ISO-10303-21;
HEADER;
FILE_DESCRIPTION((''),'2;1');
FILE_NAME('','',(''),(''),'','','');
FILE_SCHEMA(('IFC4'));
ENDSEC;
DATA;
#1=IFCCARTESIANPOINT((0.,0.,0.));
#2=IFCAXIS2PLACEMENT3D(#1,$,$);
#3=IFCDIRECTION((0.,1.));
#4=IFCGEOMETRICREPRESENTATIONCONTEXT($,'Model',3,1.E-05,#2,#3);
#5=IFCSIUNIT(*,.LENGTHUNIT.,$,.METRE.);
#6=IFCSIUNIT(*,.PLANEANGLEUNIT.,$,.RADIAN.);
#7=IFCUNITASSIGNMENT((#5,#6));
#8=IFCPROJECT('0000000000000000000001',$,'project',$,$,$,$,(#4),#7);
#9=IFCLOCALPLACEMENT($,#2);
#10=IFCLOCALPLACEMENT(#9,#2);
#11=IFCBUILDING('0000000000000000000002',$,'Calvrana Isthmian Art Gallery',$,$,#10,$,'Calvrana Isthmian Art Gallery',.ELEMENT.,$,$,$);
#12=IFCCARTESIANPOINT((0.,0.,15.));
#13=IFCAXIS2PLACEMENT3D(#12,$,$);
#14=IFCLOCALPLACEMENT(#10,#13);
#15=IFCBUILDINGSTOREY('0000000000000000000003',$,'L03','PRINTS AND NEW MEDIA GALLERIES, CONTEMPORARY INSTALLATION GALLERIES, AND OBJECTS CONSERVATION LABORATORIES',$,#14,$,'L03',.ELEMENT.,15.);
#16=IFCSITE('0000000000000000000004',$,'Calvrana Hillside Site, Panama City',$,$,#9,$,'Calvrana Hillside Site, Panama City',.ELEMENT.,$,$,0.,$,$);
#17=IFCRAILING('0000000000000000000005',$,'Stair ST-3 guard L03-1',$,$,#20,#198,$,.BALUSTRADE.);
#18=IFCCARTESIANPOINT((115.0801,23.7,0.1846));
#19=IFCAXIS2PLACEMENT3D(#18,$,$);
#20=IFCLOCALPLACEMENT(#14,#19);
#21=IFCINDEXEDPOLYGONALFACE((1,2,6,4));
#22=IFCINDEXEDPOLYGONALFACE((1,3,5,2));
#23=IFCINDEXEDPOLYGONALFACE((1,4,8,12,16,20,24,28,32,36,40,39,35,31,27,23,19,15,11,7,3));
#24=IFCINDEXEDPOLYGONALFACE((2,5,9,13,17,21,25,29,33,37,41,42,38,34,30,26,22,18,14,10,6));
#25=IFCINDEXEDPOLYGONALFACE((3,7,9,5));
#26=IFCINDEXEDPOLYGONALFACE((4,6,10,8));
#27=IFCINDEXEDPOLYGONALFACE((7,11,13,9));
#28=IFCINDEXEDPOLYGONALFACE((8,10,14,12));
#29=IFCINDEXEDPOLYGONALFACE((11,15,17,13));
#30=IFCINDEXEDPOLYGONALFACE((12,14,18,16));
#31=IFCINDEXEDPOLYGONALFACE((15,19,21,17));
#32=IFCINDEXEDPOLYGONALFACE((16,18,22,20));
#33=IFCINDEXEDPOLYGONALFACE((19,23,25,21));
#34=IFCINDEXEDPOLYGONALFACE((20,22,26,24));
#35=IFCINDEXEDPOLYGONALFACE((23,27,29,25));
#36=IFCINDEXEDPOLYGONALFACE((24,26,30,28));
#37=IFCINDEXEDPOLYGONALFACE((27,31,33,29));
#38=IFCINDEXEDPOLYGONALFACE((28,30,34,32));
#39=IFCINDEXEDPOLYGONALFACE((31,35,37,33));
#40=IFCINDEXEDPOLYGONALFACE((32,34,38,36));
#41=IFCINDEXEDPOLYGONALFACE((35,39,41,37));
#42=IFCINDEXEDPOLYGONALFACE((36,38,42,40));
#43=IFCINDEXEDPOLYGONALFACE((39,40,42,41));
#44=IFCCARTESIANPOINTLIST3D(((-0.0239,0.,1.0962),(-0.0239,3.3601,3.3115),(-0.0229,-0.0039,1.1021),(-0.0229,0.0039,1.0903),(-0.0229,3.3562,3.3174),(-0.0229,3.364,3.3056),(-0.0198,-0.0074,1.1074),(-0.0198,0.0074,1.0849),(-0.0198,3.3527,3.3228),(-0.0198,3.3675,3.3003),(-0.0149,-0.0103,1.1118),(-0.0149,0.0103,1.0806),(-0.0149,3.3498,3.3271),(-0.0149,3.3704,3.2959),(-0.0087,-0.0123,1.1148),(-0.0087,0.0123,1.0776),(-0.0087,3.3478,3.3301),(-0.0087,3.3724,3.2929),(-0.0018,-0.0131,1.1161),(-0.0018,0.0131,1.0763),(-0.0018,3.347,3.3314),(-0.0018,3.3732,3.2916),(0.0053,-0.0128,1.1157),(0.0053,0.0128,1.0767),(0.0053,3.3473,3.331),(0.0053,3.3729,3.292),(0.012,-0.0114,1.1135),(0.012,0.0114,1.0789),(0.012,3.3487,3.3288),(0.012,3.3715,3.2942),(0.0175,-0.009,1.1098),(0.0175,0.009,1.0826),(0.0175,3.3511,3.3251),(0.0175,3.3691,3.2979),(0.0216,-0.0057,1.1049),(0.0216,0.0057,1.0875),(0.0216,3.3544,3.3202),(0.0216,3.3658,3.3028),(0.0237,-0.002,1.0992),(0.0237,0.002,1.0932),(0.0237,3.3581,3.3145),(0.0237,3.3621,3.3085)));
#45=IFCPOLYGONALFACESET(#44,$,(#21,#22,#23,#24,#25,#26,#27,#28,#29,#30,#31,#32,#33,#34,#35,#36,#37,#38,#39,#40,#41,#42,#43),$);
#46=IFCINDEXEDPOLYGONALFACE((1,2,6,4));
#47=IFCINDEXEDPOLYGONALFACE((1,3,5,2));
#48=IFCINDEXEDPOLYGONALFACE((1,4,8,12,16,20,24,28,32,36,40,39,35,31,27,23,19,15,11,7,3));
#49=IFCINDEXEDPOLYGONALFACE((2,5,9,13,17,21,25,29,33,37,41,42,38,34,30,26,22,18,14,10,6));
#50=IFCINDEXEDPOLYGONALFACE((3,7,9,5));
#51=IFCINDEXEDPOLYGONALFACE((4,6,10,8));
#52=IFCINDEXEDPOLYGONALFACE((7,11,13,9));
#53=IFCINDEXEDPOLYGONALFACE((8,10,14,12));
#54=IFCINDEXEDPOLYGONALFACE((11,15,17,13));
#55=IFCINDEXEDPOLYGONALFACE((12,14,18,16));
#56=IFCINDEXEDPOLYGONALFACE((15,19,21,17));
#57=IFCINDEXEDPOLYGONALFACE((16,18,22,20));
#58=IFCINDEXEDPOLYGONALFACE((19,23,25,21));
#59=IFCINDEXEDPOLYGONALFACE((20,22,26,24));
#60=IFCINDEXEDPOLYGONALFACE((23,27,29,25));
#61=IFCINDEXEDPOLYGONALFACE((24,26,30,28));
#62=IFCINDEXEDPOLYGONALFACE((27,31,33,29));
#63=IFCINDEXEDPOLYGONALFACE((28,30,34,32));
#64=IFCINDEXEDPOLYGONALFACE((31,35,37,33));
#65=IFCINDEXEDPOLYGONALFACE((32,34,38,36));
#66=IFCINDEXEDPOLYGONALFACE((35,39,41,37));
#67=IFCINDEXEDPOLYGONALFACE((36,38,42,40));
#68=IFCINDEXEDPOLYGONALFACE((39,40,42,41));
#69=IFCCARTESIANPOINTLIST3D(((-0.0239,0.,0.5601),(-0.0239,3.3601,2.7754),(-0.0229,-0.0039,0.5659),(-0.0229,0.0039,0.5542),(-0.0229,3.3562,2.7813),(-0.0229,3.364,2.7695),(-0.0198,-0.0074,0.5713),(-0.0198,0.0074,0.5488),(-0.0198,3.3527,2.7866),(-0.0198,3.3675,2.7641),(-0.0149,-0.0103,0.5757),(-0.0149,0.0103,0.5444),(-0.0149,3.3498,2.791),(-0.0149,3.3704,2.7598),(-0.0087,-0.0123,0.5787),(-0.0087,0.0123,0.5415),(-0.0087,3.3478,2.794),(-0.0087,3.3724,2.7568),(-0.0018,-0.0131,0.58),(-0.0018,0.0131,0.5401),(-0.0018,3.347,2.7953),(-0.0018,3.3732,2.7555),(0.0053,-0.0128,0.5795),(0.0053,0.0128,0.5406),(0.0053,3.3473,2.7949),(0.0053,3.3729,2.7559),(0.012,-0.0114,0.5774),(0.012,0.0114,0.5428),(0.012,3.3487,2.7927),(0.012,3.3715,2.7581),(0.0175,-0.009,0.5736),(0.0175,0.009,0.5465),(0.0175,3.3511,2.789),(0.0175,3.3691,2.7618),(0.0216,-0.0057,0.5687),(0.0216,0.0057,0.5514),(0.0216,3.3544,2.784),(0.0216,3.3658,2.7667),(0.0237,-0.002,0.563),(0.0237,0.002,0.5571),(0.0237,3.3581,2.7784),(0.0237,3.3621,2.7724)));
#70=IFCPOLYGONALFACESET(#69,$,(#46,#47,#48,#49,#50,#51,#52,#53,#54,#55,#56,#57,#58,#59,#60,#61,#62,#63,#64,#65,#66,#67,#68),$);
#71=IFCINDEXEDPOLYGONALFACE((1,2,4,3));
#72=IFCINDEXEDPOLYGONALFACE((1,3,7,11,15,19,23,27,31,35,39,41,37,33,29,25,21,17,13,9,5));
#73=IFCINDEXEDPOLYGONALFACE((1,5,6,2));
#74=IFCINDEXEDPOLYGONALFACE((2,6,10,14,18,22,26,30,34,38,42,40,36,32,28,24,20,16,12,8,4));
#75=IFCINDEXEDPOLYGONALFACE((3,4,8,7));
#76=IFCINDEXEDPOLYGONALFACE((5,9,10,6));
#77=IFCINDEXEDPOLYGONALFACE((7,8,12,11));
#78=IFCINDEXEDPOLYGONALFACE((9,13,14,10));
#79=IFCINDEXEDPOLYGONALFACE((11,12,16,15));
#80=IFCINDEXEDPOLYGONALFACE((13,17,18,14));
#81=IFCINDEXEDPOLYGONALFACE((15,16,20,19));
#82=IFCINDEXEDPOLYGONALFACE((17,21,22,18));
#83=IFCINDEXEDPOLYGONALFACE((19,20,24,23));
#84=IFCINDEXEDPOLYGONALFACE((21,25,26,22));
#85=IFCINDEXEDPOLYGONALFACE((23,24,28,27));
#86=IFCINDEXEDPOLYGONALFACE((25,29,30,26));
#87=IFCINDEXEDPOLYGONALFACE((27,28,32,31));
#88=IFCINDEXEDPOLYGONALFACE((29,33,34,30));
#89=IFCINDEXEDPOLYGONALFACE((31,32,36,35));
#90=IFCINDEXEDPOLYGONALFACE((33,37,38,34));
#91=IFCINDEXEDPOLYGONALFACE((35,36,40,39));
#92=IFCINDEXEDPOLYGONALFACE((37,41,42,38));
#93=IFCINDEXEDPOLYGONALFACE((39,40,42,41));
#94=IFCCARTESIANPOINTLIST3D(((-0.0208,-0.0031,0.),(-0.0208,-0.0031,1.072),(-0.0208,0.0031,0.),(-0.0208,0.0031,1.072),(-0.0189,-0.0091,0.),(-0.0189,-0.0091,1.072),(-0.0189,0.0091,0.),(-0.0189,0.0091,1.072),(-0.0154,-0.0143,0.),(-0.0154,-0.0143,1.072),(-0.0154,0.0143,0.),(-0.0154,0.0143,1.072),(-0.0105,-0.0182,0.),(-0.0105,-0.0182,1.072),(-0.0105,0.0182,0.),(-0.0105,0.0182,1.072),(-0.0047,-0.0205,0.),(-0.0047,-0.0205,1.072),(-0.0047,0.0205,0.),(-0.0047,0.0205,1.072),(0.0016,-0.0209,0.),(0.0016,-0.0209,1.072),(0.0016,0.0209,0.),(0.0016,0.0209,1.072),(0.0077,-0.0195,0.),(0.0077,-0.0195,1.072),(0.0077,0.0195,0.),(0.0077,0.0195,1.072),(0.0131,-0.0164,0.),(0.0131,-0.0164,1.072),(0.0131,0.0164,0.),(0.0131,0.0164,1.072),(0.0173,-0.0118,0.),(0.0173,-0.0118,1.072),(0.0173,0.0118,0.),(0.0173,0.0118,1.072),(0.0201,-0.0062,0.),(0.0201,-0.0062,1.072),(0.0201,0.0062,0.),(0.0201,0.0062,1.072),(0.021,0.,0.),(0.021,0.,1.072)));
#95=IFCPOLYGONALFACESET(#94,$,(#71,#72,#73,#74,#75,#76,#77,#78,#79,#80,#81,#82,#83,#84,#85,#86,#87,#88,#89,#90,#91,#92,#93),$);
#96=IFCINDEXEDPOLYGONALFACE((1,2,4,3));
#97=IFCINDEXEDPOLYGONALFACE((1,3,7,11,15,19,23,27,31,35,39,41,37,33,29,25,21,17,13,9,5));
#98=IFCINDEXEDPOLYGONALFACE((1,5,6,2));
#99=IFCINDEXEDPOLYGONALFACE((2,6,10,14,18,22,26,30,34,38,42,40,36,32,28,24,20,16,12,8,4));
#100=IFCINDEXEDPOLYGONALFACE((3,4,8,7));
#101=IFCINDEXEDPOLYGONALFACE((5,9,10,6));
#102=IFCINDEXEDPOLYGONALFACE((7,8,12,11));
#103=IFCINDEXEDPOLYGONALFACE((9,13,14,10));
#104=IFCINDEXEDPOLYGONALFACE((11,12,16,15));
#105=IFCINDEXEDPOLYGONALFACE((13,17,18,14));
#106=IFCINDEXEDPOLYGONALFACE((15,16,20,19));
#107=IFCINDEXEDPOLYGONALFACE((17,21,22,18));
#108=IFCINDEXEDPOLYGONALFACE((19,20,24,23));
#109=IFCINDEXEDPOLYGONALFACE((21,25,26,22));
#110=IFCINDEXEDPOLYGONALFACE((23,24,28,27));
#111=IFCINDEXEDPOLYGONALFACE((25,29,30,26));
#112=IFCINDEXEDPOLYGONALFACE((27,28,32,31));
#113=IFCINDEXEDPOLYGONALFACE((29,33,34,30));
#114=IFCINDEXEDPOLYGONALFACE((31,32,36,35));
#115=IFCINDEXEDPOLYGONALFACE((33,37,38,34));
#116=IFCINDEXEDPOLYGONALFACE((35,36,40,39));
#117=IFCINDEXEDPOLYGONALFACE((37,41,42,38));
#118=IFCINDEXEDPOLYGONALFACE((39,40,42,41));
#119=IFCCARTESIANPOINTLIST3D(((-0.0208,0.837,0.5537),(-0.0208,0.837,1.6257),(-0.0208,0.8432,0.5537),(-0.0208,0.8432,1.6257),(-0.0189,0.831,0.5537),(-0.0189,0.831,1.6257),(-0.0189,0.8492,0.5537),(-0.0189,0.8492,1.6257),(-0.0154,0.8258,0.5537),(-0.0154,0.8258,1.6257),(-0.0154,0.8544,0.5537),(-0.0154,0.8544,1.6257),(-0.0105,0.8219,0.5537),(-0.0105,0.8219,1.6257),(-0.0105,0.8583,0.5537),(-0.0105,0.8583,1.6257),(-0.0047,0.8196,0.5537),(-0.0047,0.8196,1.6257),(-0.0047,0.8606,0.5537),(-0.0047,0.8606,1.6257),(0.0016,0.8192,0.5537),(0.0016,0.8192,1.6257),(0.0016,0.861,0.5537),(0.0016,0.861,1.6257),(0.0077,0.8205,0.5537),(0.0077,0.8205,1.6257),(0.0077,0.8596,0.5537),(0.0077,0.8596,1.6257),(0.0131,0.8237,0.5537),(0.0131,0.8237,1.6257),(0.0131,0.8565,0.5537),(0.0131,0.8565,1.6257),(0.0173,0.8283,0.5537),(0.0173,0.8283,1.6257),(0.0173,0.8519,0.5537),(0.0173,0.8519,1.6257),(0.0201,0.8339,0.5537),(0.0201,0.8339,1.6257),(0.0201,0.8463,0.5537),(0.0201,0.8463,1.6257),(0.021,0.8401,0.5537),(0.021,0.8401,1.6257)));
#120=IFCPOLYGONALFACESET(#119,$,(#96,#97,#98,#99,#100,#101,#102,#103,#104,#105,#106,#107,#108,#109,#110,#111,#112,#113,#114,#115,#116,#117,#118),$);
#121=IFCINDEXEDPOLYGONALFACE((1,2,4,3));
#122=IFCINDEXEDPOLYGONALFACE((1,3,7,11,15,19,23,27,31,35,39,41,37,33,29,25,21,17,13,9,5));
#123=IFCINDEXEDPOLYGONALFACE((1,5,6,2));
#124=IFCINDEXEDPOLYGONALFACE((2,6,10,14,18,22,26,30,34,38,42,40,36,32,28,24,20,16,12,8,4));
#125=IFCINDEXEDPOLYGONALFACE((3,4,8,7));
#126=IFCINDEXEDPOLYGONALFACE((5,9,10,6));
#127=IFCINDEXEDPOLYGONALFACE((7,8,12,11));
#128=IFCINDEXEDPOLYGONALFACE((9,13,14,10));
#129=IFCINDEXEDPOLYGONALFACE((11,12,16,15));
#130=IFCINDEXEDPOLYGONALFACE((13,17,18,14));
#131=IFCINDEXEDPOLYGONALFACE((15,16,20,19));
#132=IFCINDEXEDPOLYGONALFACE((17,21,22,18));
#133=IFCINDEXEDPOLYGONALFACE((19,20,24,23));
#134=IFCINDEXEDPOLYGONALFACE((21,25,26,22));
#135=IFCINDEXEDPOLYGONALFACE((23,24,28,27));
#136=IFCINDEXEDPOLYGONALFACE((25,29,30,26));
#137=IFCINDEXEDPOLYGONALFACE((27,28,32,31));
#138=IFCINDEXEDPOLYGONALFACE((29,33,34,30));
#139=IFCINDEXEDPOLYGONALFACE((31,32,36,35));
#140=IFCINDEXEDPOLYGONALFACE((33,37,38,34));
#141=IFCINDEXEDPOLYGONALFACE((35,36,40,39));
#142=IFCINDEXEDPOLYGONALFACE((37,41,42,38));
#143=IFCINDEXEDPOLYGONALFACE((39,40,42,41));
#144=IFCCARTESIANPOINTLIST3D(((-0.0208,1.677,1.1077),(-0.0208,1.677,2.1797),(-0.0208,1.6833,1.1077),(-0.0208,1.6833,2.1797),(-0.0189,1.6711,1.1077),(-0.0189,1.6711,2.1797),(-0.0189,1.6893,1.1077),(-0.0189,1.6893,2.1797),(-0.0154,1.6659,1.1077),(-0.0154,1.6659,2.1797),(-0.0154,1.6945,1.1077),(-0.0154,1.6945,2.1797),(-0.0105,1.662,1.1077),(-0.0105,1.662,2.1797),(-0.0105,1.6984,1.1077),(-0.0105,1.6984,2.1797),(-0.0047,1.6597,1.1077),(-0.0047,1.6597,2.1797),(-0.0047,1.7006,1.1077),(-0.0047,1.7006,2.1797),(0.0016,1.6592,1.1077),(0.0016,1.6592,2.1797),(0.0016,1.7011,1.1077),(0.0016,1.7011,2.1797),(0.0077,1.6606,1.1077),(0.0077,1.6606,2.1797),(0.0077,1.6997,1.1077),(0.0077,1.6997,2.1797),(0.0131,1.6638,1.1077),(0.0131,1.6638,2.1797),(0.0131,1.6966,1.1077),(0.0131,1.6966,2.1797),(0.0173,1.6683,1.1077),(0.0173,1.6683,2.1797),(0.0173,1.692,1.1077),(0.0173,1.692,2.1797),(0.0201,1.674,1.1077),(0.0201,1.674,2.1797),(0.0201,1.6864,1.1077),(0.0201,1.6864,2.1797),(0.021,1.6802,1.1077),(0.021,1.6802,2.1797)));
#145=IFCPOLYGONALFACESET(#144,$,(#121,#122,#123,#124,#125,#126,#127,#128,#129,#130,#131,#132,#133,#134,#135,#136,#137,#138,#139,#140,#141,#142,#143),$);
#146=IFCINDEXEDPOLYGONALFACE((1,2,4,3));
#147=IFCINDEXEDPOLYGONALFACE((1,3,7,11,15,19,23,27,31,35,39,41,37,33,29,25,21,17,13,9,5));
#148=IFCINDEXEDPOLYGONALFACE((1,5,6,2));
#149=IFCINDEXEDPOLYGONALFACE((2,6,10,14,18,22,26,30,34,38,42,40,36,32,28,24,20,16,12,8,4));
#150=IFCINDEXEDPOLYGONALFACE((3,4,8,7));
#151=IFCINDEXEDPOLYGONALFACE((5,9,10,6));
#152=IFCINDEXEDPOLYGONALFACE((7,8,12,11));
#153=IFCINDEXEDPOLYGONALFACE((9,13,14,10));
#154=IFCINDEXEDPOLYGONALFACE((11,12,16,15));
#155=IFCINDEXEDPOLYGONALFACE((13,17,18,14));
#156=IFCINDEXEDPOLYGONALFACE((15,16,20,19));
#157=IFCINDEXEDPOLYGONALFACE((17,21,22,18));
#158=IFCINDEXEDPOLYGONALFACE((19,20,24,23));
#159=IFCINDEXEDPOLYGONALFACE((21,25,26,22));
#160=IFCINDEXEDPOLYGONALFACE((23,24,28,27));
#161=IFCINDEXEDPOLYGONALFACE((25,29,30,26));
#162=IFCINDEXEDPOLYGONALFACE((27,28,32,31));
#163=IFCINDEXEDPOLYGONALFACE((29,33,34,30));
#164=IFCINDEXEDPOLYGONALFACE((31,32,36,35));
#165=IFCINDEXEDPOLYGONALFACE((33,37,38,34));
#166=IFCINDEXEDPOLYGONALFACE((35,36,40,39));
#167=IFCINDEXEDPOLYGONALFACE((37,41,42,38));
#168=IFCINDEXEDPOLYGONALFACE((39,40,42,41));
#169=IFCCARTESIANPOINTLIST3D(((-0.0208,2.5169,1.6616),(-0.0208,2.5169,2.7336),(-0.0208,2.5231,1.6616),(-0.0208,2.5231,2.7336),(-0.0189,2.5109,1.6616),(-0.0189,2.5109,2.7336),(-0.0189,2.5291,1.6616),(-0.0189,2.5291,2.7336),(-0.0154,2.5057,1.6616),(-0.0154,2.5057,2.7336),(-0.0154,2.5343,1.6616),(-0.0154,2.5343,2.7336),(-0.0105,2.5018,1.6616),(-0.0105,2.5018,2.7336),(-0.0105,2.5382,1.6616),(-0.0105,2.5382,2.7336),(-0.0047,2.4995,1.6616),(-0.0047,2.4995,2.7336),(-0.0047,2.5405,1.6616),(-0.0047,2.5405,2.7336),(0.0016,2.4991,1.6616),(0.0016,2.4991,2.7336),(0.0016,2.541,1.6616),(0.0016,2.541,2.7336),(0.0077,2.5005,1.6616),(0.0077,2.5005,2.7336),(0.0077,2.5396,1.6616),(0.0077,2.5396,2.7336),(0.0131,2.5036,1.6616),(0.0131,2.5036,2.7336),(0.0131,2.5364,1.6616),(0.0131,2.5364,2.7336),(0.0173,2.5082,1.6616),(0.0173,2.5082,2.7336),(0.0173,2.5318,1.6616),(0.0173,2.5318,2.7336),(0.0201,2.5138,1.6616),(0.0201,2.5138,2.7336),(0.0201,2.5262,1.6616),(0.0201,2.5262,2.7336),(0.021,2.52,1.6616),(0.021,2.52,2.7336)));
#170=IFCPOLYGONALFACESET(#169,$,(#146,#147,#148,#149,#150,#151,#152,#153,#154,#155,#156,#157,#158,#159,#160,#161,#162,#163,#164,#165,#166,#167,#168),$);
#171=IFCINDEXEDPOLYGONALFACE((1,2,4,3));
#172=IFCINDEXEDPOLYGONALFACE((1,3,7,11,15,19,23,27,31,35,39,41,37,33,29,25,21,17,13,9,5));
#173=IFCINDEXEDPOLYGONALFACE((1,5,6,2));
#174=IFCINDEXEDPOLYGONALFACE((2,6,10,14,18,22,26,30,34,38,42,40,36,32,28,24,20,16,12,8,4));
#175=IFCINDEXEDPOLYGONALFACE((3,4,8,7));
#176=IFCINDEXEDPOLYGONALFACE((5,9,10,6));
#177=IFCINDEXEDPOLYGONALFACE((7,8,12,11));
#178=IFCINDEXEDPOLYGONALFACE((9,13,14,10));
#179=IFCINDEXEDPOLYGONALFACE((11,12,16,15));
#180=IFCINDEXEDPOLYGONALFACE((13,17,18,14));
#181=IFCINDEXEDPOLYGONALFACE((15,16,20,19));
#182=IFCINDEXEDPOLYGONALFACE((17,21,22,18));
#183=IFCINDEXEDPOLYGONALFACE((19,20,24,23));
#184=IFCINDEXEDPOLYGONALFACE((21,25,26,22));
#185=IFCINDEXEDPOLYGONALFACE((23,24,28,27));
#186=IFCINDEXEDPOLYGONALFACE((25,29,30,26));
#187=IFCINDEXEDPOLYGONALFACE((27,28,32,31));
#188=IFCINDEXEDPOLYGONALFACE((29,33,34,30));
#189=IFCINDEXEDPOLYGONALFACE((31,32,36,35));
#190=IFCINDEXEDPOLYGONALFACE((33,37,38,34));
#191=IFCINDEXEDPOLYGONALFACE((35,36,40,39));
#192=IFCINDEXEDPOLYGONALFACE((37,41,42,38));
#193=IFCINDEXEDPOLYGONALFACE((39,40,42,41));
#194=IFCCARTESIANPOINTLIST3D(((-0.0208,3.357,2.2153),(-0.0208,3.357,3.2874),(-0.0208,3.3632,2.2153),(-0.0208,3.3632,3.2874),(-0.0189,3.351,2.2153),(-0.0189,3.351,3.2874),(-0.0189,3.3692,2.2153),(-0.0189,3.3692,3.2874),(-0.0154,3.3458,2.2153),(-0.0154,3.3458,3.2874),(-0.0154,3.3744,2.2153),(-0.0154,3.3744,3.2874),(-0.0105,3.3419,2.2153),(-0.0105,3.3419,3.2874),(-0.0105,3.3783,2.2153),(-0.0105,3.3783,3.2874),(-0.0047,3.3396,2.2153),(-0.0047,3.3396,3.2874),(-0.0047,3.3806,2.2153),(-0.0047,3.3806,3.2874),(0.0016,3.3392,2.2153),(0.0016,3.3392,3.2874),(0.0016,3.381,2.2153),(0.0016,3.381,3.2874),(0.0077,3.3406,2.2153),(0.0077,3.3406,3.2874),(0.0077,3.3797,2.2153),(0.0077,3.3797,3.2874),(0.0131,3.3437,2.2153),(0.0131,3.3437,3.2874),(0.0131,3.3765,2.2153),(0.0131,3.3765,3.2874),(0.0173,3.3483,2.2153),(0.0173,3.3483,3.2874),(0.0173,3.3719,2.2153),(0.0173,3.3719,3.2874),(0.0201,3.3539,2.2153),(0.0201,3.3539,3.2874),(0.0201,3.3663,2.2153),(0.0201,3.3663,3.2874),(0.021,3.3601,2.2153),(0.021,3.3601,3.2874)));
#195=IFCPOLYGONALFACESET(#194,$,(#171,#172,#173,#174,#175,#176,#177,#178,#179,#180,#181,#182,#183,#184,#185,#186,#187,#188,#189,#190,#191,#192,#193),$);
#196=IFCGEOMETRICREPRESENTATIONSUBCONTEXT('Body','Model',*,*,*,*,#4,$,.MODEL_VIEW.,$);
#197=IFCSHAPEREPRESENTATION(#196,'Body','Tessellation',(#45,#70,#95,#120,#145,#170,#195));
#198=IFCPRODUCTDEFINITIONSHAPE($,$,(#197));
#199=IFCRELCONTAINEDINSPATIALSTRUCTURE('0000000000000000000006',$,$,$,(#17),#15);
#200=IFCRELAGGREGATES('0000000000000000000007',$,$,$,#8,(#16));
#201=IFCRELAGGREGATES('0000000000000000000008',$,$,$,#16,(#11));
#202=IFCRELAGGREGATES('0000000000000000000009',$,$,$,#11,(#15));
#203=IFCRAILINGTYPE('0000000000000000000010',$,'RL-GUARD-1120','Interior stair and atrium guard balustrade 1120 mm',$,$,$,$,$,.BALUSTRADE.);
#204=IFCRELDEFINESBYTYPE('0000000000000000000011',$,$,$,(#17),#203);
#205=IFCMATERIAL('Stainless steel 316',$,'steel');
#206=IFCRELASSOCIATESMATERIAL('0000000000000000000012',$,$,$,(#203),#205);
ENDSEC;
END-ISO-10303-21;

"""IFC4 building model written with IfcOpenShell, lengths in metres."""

from ifc_helpers import new_model, si_unit, direction, frame, origin, origin_2d, place, context, subcontext, project, spatial, circle, extrude, material, type_object, element, save


model = new_model("IFC4")

# Units and contexts
model_context = context("Model", 3, precision=1e-05, world=origin(), true_north=direction((0.0, 1.0)))
body_context = subcontext(model_context, "Body", "Model", "MODEL_VIEW")
ifc_project = project(units=[si_unit("LENGTHUNIT", "METRE"), si_unit("PLANEANGLEUNIT", "RADIAN")], contexts=[model_context])

# Site, building, storey
site_placement = place(None, origin())
site = spatial("IfcSite", under=ifc_project, at=site_placement, Name="Calvrana Hillside Site, Panama City", LongName="Calvrana Hillside Site, Panama City", CompositionType="ELEMENT", RefElevation=0.0)
building_placement = place(site_placement, origin())
building = spatial("IfcBuilding", under=site, at=building_placement, Name="Calvrana Isthmian Art Gallery", LongName="Calvrana Isthmian Art Gallery", CompositionType="ELEMENT")
storey_placement = place(building_placement, frame((0.0, 0.0, 15.0)))
storey = spatial("IfcBuildingStorey", under=building, at=storey_placement, Name="L03", Description="PRINTS AND NEW MEDIA GALLERIES, CONTEMPORARY INSTALLATION GALLERIES, AND OBJECTS CONSERVATION LABORATORIES", LongName="L03", CompositionType="ELEMENT", Elevation=15.0)

# Railing
ifc_material_1 = material(Name="Stainless steel 316", Category="steel")
railing_type = type_object("IfcRailingType", Name="RL-GUARD-1120", Description="Interior stair and atrium guard balustrade 1120 mm", PredefinedType="BALUSTRADE", material=ifc_material_1)
railing_1_placement = place(storey_placement, frame((115.0801, 23.7, 0.1846)))
element("IfcRailing", 1, at=railing_1_placement, inside=storey, type_object=railing_type, Name="Stair ST-3 guard L03-1", PredefinedType="BALUSTRADE", context=body_context, shape_type="SweptSolid", body=[
    extrude(circle(Radius=0.0239, at=origin_2d()), frame((0.0, 0.0, 1.0962), z_axis=(0.0, 0.834876, 0.550437), x_axis=(-1.0, 0.0, 0.0)), (0.0, 0.0, 1.0), 4.0247),
    extrude(circle(Radius=0.0239, at=origin_2d()), frame((0.0, 0.0, 0.5601), z_axis=(0.0, 0.834876, 0.550437), x_axis=(-1.0, 0.0, 0.0)), (0.0, 0.0, 1.0), 4.0247),
    extrude(circle(Radius=0.021, at=origin_2d()), origin(), (0.0, 0.0, 1.0), 1.072),
    extrude(circle(Radius=0.021, at=origin_2d()), frame((0.0, 0.8401, 0.5537)), (0.0, 0.0, 1.0), 1.072),
    extrude(circle(Radius=0.021, at=origin_2d()), frame((0.0, 1.6802, 1.1077)), (0.0, 0.0, 1.0), 1.072),
    extrude(circle(Radius=0.021, at=origin_2d()), frame((0.0, 2.52, 1.6616)), (0.0, 0.0, 1.0), 1.072),
    extrude(circle(Radius=0.021, at=origin_2d()), frame((0.0, 3.3601, 2.2153)), (0.0, 0.0, 1.0), 1.072),
])

save(model, "model.ifc")
